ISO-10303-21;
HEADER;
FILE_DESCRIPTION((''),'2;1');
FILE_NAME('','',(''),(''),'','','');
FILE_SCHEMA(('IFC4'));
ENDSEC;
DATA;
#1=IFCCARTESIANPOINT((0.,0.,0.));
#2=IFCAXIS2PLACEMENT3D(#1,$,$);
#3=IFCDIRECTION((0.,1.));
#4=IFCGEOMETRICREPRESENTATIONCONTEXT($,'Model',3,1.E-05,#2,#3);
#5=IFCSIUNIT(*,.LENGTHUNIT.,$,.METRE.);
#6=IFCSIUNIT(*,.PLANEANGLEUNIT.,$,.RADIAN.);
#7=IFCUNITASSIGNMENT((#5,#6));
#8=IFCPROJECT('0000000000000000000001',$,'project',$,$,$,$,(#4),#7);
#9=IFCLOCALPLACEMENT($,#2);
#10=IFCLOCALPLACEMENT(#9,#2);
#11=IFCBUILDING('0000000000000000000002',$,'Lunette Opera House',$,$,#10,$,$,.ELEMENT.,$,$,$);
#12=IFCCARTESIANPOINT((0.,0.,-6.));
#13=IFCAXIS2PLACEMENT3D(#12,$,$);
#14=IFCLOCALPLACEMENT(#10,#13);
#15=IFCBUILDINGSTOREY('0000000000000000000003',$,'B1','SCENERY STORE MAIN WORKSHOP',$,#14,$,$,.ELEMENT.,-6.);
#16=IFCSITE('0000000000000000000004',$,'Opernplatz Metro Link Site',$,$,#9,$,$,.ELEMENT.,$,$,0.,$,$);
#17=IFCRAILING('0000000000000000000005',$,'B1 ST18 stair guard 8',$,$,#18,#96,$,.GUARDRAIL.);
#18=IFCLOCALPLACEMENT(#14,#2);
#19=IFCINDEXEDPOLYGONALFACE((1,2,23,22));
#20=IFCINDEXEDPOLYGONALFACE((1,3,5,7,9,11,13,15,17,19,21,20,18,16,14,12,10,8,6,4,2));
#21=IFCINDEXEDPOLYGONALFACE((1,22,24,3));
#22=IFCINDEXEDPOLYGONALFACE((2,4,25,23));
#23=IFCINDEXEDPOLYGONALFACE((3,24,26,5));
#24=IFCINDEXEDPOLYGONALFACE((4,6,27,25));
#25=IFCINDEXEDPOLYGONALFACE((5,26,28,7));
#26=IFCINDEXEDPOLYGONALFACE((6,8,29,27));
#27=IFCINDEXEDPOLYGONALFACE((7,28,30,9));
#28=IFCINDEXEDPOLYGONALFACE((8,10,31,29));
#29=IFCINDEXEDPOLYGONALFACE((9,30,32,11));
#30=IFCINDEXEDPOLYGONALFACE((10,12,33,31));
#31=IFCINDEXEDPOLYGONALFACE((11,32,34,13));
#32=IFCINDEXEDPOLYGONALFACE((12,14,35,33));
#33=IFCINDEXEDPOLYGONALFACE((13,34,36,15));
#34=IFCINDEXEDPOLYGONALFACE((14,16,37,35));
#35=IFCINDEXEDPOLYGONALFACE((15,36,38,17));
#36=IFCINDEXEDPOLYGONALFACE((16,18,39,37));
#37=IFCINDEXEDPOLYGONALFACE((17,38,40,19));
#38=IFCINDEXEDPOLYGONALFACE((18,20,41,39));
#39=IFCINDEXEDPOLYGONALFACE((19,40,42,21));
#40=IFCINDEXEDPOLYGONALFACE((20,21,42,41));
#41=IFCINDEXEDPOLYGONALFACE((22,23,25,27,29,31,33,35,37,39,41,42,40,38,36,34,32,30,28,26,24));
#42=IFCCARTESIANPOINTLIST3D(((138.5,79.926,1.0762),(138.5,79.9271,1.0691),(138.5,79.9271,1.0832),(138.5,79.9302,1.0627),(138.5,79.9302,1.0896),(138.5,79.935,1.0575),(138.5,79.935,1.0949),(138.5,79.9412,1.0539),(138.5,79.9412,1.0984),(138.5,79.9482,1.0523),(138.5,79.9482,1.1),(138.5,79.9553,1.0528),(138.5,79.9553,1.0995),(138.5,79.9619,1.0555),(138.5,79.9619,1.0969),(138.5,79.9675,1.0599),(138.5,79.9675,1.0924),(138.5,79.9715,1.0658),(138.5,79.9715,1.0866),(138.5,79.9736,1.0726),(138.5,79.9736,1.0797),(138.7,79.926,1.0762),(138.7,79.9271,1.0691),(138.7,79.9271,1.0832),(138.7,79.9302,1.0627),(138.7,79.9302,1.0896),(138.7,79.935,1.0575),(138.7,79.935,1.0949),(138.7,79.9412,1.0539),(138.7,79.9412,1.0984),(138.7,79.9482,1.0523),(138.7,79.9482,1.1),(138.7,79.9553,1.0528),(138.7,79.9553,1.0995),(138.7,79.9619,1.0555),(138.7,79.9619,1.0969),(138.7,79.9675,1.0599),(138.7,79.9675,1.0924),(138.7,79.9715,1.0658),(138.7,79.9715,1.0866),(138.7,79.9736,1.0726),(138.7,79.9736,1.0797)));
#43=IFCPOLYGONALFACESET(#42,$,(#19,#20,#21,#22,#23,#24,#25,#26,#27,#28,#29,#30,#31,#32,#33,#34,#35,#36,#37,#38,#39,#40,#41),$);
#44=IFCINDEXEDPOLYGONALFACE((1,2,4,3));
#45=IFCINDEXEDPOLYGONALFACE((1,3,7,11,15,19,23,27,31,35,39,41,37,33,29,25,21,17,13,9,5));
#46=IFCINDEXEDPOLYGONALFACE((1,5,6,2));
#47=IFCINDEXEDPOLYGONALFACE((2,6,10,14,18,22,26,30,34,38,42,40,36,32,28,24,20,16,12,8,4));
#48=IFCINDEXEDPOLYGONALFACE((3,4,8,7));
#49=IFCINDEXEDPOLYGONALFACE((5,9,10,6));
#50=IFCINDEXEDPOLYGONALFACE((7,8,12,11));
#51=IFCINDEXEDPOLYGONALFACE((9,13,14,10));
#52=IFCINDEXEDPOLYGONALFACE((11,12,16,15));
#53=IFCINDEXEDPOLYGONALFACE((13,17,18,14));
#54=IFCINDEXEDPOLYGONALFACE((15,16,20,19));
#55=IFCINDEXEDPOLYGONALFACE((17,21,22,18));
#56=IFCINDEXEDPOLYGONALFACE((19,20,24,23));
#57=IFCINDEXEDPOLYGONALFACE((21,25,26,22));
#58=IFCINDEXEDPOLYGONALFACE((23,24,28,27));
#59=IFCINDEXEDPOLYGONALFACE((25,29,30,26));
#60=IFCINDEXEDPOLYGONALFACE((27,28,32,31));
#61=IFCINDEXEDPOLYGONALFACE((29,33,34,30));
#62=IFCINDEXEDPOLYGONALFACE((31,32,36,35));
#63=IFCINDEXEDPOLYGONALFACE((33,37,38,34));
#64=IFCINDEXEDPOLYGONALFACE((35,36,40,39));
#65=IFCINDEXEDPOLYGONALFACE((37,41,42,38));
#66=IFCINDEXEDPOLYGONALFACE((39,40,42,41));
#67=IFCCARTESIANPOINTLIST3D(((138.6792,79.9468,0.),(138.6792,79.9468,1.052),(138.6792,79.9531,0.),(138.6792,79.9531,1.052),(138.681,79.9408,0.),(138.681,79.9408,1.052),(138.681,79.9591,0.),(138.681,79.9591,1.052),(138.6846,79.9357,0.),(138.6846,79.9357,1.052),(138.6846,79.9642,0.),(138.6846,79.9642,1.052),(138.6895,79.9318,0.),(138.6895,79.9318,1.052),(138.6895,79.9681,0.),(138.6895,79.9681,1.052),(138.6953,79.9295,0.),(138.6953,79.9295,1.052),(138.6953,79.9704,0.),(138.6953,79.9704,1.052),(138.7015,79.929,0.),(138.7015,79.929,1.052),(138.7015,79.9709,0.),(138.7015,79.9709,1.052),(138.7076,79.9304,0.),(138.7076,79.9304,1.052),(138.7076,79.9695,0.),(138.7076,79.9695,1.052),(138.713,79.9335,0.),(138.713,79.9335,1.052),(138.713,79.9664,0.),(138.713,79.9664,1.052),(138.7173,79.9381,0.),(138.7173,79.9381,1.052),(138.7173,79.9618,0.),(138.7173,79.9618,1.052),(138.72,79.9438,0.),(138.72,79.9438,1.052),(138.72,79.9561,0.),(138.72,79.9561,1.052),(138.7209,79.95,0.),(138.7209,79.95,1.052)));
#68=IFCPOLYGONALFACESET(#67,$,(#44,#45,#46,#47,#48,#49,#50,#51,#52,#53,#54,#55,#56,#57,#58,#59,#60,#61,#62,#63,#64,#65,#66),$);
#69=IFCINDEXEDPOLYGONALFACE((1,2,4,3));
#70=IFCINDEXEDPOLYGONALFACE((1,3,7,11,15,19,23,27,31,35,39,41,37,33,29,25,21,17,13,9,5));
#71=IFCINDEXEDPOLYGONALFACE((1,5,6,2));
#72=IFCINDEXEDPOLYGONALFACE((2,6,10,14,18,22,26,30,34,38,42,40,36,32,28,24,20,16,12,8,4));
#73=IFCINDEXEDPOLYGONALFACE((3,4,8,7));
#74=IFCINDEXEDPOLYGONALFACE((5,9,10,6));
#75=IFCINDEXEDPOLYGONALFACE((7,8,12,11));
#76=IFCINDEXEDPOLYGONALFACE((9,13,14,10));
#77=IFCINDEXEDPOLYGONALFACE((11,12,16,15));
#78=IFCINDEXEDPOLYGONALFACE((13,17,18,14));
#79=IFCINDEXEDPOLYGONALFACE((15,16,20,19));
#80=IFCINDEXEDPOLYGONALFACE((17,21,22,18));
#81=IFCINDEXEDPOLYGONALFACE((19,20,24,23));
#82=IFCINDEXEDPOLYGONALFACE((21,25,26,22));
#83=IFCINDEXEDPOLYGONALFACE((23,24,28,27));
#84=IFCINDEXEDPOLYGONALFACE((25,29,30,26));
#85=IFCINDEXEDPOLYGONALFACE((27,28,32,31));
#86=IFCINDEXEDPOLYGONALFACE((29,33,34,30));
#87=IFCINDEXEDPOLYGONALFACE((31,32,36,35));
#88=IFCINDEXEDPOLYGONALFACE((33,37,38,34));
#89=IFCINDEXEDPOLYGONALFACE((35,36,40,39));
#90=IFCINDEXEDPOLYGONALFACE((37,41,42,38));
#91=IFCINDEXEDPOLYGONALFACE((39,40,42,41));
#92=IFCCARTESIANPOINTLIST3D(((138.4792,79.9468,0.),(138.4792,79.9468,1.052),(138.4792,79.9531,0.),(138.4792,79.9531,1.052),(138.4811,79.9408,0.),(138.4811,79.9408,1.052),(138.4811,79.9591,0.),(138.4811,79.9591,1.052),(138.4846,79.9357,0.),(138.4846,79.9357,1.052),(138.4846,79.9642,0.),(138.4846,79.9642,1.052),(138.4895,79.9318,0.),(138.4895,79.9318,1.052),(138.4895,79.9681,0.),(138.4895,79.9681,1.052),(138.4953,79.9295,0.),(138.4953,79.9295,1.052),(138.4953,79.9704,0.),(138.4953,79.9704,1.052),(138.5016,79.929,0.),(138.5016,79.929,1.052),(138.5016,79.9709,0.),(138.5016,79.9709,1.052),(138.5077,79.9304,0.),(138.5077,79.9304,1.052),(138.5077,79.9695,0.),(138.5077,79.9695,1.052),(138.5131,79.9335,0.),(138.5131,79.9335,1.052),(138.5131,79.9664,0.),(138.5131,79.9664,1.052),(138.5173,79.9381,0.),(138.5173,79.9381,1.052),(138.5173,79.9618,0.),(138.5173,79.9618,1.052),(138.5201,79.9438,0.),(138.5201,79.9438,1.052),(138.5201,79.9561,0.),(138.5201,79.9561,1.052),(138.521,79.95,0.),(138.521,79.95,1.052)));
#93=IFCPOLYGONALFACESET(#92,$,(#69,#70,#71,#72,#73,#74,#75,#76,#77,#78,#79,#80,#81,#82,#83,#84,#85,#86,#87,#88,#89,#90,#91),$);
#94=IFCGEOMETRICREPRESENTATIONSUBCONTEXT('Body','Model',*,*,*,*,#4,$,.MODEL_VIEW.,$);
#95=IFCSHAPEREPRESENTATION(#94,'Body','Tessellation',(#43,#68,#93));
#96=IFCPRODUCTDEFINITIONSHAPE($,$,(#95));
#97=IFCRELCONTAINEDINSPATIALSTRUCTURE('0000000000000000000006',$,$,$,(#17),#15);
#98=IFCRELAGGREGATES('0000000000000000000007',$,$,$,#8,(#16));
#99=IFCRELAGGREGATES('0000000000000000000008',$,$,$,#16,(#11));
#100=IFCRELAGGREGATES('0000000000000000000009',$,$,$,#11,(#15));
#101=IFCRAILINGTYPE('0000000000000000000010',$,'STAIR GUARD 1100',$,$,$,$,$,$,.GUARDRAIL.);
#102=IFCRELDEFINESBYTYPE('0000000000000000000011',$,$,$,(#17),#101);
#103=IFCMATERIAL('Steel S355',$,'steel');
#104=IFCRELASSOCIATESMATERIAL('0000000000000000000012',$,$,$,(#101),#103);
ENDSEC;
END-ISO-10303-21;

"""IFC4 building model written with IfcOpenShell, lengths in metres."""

from ifc_helpers import new_model, si_unit, direction, frame, origin, origin_2d, place, context, subcontext, project, spatial, circle, extrude, material, type_object, element, save


model = new_model("IFC4")

# Units and contexts
model_context = context("Model", 3, precision=1e-05, world=origin(), true_north=direction((0.0, 1.0)))
body_context = subcontext(model_context, "Body", "Model", "MODEL_VIEW")
ifc_project = project(units=[si_unit("LENGTHUNIT", "METRE"), si_unit("PLANEANGLEUNIT", "RADIAN")], contexts=[model_context])

# Site, building, storey
site_placement = place(None, origin())
site = spatial("IfcSite", under=ifc_project, at=site_placement, Name="Opernplatz Metro Link Site", CompositionType="ELEMENT", RefElevation=0.0)
building_placement = place(site_placement, origin())
building = spatial("IfcBuilding", under=site, at=building_placement, Name="Lunette Opera House", CompositionType="ELEMENT")
storey_placement = place(building_placement, frame((0.0, 0.0, -6.0)))
storey = spatial("IfcBuildingStorey", under=building, at=storey_placement, Name="B1", Description="SCENERY STORE MAIN WORKSHOP", CompositionType="ELEMENT", Elevation=-6.0)

# Railing
ifc_material_1 = material(Name="Steel S355", Category="steel")
railing_type_1 = type_object("IfcRailingType", Name="STAIR GUARD 1100", PredefinedType="GUARDRAIL", material=ifc_material_1)
railing_1_placement = place(storey_placement, frame((138.7, 79.95, 0.0)))
element("IfcRailing", 1, at=railing_1_placement, inside=storey, type_object=railing_type_1, Name="B1 ST18 stair guard 8", PredefinedType="GUARDRAIL", context=body_context, shape_type="SweptSolid", body=[
    extrude(circle(Radius=0.0239, at=origin_2d()), frame((0.0, 0.0, 1.0762), z_axis=(-1.0, 0.0, 0.0), x_axis=(0.0, -1.0, 0.0)), (0.0, 0.0, 1.0), 0.2),
    extrude(circle(Radius=0.021, at=origin_2d()), origin(), (0.0, 0.0, 1.0), 1.052),
    extrude(circle(Radius=0.021, at=origin_2d()), frame((-0.2, 0.0, 0.0)), (0.0, 0.0, 1.0), 1.052),
])

save(model, "model.ifc")
